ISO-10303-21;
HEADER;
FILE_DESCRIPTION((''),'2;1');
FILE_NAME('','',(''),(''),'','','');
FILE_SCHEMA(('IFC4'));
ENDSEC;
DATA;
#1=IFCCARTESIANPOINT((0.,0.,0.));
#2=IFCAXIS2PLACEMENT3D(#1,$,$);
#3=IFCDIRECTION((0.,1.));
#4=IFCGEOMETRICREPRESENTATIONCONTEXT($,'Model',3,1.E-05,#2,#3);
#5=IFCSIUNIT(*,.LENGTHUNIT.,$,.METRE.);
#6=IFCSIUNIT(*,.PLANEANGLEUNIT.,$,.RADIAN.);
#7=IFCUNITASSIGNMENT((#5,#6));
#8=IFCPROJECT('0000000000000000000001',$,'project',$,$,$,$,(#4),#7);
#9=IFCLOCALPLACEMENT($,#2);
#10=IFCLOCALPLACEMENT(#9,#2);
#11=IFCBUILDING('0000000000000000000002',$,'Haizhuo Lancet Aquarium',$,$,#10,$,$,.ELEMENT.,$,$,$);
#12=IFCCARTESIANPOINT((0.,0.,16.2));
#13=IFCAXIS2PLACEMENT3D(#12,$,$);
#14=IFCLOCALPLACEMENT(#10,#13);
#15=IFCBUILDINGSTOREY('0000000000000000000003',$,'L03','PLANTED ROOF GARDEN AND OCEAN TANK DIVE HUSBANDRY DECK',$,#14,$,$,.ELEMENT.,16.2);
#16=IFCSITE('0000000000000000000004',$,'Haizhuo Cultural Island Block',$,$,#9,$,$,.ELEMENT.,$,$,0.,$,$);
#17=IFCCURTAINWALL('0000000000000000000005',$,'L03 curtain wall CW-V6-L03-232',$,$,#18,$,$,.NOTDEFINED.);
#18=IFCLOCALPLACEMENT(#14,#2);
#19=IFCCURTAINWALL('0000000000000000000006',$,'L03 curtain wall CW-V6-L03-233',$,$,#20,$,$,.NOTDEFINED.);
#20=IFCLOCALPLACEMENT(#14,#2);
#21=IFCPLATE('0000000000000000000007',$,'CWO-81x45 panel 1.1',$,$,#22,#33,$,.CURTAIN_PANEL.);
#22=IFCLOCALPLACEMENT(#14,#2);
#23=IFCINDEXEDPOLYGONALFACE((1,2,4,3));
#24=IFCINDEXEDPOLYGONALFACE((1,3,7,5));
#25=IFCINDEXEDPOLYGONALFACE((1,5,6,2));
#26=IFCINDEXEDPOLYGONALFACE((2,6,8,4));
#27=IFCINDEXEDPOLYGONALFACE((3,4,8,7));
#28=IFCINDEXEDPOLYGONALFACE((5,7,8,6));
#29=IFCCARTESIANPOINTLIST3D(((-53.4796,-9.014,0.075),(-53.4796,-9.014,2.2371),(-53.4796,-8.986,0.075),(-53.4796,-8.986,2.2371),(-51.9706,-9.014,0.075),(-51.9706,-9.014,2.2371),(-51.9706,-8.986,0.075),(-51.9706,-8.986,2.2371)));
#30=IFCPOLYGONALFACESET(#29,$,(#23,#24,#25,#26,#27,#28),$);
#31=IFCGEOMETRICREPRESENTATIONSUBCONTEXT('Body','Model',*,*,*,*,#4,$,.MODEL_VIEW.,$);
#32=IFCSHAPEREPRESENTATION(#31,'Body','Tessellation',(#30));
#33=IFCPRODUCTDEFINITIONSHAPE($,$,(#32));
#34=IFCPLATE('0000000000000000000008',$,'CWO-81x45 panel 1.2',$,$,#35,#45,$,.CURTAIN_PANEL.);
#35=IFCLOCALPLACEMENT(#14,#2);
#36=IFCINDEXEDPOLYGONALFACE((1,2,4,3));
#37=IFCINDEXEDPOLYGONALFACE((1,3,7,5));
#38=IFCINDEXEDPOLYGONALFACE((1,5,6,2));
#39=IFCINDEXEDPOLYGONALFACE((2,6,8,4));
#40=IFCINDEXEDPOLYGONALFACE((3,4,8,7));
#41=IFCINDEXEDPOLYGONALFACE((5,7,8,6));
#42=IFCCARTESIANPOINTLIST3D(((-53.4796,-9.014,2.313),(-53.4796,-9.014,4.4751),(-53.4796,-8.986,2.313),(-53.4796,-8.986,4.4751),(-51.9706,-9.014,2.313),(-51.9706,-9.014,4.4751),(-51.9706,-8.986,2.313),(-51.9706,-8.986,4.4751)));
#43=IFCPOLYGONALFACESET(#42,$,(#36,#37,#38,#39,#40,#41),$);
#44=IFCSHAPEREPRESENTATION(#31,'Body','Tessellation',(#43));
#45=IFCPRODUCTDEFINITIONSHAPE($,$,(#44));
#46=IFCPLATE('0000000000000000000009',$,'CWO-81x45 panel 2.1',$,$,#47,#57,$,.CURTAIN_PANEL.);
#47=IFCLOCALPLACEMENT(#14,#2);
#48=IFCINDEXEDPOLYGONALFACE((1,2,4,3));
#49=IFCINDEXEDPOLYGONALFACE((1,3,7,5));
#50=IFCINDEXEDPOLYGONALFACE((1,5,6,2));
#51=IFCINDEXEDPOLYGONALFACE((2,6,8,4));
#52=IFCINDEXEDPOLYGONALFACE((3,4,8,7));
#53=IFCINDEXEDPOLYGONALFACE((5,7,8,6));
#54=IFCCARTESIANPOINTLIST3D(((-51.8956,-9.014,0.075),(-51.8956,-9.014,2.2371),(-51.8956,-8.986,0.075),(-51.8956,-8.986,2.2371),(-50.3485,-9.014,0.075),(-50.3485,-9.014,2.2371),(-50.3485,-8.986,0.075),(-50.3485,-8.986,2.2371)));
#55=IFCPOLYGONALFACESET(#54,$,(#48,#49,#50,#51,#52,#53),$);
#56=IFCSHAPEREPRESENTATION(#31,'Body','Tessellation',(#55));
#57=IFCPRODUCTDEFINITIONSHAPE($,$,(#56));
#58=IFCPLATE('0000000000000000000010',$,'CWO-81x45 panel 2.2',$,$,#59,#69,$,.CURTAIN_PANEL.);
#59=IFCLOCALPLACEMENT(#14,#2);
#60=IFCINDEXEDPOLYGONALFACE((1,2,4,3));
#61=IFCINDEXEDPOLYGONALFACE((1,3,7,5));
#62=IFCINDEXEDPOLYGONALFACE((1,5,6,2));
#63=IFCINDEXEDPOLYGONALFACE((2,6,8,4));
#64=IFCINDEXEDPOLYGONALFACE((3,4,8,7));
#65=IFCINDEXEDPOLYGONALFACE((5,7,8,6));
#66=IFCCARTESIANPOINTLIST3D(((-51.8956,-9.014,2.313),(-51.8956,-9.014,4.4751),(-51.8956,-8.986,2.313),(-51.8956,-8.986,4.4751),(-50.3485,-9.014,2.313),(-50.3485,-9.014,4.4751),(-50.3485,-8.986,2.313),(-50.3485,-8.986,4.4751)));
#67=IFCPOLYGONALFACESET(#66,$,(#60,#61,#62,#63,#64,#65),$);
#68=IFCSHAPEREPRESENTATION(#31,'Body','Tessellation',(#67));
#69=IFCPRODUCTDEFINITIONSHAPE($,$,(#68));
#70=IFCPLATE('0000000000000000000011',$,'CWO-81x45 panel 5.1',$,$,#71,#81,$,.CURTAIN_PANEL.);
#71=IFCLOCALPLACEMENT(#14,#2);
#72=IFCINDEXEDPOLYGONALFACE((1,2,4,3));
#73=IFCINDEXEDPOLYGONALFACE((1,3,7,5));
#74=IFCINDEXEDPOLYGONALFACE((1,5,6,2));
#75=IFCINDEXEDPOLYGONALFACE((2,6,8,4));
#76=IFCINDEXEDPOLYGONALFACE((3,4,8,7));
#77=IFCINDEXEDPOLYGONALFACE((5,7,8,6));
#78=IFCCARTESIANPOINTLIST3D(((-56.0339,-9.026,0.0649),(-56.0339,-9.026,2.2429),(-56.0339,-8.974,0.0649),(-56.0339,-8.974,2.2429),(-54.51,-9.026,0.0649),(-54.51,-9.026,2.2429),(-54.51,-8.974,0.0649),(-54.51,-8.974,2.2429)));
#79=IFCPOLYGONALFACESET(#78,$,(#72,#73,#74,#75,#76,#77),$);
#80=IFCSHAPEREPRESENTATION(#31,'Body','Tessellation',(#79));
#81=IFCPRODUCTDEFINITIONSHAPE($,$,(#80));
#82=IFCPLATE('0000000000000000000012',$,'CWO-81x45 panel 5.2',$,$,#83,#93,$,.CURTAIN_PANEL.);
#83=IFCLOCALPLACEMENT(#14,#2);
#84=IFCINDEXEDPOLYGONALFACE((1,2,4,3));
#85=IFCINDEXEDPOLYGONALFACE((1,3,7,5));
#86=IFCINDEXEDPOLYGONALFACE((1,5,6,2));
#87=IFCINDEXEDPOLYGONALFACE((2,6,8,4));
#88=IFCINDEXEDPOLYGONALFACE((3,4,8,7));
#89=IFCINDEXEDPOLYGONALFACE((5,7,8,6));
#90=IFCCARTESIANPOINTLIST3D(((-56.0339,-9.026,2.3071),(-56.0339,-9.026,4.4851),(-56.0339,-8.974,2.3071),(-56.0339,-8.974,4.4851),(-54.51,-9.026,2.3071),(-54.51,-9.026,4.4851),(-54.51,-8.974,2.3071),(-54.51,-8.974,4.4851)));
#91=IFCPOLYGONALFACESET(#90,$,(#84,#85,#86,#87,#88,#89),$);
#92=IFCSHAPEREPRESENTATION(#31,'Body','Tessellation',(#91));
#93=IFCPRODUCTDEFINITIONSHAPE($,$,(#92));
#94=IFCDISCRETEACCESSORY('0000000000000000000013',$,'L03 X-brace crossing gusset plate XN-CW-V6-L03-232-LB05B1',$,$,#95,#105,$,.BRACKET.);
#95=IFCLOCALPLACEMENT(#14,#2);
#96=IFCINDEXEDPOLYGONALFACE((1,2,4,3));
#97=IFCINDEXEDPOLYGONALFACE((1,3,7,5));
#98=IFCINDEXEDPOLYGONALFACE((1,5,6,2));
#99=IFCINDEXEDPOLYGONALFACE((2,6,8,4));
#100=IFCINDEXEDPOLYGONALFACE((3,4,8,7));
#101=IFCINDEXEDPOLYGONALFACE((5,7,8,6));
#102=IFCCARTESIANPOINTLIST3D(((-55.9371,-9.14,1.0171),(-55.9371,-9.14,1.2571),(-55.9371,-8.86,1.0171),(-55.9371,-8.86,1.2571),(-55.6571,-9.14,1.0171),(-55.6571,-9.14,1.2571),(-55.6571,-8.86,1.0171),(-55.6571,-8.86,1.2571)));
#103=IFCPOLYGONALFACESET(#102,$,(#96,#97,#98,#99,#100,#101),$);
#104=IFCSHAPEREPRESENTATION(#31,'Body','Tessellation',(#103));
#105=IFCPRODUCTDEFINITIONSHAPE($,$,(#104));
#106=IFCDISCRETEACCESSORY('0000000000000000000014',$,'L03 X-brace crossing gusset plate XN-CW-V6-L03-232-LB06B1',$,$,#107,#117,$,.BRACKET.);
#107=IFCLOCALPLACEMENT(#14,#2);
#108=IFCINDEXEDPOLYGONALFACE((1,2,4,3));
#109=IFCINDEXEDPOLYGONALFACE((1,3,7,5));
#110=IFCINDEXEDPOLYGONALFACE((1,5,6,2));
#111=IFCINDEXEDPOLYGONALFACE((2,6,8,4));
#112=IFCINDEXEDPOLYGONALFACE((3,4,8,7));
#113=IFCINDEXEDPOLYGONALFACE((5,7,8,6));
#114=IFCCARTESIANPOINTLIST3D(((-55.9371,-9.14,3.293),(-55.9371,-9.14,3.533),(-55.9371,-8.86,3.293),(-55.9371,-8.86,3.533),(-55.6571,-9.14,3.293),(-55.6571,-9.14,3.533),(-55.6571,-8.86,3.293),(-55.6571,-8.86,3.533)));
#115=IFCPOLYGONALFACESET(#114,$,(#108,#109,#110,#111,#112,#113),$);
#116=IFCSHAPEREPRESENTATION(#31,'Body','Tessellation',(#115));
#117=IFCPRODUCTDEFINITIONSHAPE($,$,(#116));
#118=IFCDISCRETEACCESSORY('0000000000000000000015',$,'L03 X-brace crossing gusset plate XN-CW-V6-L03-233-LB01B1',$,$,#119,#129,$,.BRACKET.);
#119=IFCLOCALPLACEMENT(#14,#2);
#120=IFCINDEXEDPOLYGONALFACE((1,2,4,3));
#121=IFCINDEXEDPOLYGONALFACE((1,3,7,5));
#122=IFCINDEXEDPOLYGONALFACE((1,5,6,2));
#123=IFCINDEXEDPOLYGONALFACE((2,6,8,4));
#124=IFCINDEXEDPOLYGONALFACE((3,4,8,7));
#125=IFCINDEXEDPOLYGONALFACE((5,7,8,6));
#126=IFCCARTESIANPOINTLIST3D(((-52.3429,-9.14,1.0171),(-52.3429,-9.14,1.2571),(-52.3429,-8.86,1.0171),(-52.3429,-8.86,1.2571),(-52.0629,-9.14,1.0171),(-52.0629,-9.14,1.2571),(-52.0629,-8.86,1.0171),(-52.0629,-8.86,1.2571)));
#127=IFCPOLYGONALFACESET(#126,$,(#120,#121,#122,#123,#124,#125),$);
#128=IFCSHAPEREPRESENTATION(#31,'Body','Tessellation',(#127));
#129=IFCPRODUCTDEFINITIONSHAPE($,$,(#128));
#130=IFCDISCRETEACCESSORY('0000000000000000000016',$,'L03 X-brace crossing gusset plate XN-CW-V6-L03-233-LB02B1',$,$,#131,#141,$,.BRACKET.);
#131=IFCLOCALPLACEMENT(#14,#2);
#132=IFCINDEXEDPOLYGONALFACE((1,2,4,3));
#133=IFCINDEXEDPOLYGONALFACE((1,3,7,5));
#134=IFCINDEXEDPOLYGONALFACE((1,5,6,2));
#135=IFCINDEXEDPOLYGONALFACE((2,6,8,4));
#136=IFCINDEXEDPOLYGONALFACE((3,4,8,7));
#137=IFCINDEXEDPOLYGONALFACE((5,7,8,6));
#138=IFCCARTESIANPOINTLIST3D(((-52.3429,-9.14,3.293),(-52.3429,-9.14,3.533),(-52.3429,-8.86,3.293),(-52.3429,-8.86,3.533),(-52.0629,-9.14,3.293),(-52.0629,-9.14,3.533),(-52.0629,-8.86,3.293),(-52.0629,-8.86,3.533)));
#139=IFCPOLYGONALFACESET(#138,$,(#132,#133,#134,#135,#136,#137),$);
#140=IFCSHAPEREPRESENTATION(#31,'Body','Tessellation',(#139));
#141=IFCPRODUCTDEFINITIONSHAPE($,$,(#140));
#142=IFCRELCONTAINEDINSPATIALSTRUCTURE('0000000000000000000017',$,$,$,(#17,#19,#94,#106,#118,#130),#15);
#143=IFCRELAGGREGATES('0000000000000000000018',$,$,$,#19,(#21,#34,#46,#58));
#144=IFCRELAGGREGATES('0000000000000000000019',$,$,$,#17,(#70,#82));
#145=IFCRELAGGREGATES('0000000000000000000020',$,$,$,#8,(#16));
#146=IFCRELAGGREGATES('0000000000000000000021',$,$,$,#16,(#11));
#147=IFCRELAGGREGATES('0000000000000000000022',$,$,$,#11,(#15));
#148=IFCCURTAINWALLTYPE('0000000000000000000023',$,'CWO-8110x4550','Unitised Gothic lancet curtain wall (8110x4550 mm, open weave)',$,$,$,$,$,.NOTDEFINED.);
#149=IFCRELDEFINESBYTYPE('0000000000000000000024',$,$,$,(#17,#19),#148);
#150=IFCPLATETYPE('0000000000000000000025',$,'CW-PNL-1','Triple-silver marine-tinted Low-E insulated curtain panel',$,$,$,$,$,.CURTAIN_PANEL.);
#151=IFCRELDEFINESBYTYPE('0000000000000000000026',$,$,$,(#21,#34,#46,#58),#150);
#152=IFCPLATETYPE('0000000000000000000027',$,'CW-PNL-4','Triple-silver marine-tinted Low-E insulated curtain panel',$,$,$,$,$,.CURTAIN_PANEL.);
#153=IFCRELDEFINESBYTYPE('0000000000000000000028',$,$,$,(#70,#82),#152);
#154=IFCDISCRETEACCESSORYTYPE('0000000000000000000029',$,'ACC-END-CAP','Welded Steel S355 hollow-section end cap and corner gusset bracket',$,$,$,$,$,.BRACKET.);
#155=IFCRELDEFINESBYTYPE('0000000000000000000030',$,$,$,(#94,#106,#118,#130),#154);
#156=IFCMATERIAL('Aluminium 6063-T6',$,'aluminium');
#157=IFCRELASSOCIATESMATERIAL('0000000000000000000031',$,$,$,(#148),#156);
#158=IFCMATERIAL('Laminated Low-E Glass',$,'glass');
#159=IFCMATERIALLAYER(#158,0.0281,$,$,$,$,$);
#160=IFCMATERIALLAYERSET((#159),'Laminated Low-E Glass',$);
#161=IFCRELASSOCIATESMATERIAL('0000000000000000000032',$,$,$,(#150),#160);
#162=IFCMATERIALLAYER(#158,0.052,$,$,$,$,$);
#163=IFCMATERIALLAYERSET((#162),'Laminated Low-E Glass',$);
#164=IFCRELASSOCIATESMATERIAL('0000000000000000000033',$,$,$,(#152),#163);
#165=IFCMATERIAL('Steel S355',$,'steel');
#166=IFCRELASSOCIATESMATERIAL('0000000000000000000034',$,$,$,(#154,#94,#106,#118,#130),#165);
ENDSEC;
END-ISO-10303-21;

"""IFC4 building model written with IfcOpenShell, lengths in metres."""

from ifc_helpers import new_model, si_unit, direction, frame, origin, origin_2d, place, context, subcontext, project, spatial, rectangle, extrude, material, layer, layer_set, type_object, element, aggregate, save


model = new_model("IFC4")

# Units and contexts
model_context = context("Model", 3, precision=1e-05, world=origin(), true_north=direction((0.0, 1.0)))
body_context = subcontext(model_context, "Body", "Model", "MODEL_VIEW")
ifc_project = project(units=[si_unit("LENGTHUNIT", "METRE"), si_unit("PLANEANGLEUNIT", "RADIAN")], contexts=[model_context])

# Site, building, storey
site_placement = place(None, origin())
site = spatial("IfcSite", under=ifc_project, at=site_placement, Name="Haizhuo Cultural Island Block", CompositionType="ELEMENT", RefElevation=0.0)
building_placement = place(site_placement, origin())
building = spatial("IfcBuilding", under=site, at=building_placement, Name="Haizhuo Lancet Aquarium", CompositionType="ELEMENT")
storey_placement = place(building_placement, frame((0.0, 0.0, 16.2)))
storey = spatial("IfcBuildingStorey", under=building, at=storey_placement, Name="L03", Description="PLANTED ROOF GARDEN AND OCEAN TANK DIVE HUSBANDRY DECK", CompositionType="ELEMENT", Elevation=16.2)

# Shared definitions
ifc_material_1 = material(Name="Steel S355", Category="steel")

# Curtain wall
ifc_material_2 = material(Name="Aluminium 6063-T6", Category="aluminium")
curtain_wall_type = type_object("IfcCurtainWallType", Name="CWO-8110x4550", Description="Unitised Gothic lancet curtain wall (8110x4550 mm, open weave)", PredefinedType="NOTDEFINED", material=ifc_material_2)
curtain_wall_1_placement = place(storey_placement, origin())
curtain_wall_1 = element("IfcCurtainWall", 1, at=curtain_wall_1_placement, inside=storey, type_object=curtain_wall_type, Name="L03 curtain wall CW-V6-L03-232", PredefinedType="NOTDEFINED")

# Curtain wall
curtain_wall_2_placement = place(storey_placement, origin())
curtain_wall_2 = element("IfcCurtainWall", 2, at=curtain_wall_2_placement, inside=storey, type_object=curtain_wall_type, Name="L03 curtain wall CW-V6-L03-233", PredefinedType="NOTDEFINED")

# Plates
ifc_material_3 = material(Name="Laminated Low-E Glass", Category="glass")
ifc_layer_1 = layer(ifc_material_3, 0.0281)
ifc_layer_set_1 = layer_set([ifc_layer_1], Name="Laminated Low-E Glass")
plate_type_1 = type_object("IfcPlateType", Name="CW-PNL-1", Description="Triple-silver marine-tinted Low-E insulated curtain panel", PredefinedType="CURTAIN_PANEL", material=ifc_layer_set_1)
plate_1_placement = place(storey_placement, frame((-52.7251, -9.0, 0.075), z_axis=(0.0, 0.0, 1.0), x_axis=(1.0, 0.0, 0.0)))
plate_1 = element("IfcPlate", 3, at=plate_1_placement, type_object=plate_type_1, Name="CWO-81x45 panel 1.1", PredefinedType="CURTAIN_PANEL", context=body_context, shape_type="SweptSolid", body=[
    extrude(rectangle(XDim=1.509, YDim=0.0281, at=origin_2d()), origin(), (0.0, 0.0, 1.0), 2.1621),
])
plate_2_placement = place(storey_placement, frame((-52.7251, -9.0, 2.313), z_axis=(0.0, 0.0, 1.0), x_axis=(1.0, 0.0, 0.0)))
plate_2 = element("IfcPlate", 4, at=plate_2_placement, type_object=plate_type_1, Name="CWO-81x45 panel 1.2", PredefinedType="CURTAIN_PANEL", context=body_context, shape_type="SweptSolid", body=[
    extrude(rectangle(XDim=1.509, YDim=0.0281, at=origin_2d()), origin(), (0.0, 0.0, 1.0), 2.1621),
])
plate_3_placement = place(storey_placement, frame((-51.1221, -9.0, 0.075), z_axis=(0.0, 0.0, 1.0), x_axis=(1.0, 0.0, 0.0)))
plate_3 = element("IfcPlate", 5, at=plate_3_placement, type_object=plate_type_1, Name="CWO-81x45 panel 2.1", PredefinedType="CURTAIN_PANEL", context=body_context, shape_type="SweptSolid", body=[
    extrude(rectangle(XDim=1.5471, YDim=0.0281, at=origin_2d()), origin(), (0.0, 0.0, 1.0), 2.1621),
])
plate_4_placement = place(storey_placement, frame((-51.1221, -9.0, 2.313), z_axis=(0.0, 0.0, 1.0), x_axis=(1.0, 0.0, 0.0)))
plate_4 = element("IfcPlate", 6, at=plate_4_placement, type_object=plate_type_1, Name="CWO-81x45 panel 2.2", PredefinedType="CURTAIN_PANEL", context=body_context, shape_type="SweptSolid", body=[
    extrude(rectangle(XDim=1.5471, YDim=0.0281, at=origin_2d()), origin(), (0.0, 0.0, 1.0), 2.1621),
])
aggregate(curtain_wall_2, [plate_1, plate_2, plate_3, plate_4])
ifc_layer_2 = layer(ifc_material_3, 0.052)
ifc_layer_set_2 = layer_set([ifc_layer_2], Name="Laminated Low-E Glass")
plate_type_2 = type_object("IfcPlateType", Name="CW-PNL-4", Description="Triple-silver marine-tinted Low-E insulated curtain panel", PredefinedType="CURTAIN_PANEL", material=ifc_layer_set_2)
plate_5_placement = place(storey_placement, frame((-55.272, -9.0, 0.0649), z_axis=(0.0, 0.0, 1.0), x_axis=(1.0, 0.0, 0.0)))
plate_5 = element("IfcPlate", 7, at=plate_5_placement, type_object=plate_type_2, Name="CWO-81x45 panel 5.1", PredefinedType="CURTAIN_PANEL", context=body_context, shape_type="SweptSolid", body=[
    extrude(rectangle(XDim=1.5239, YDim=0.052, at=origin_2d()), origin(), (0.0, 0.0, 1.0), 2.178),
])
plate_6_placement = place(storey_placement, frame((-55.272, -9.0, 2.3071), z_axis=(0.0, 0.0, 1.0), x_axis=(1.0, 0.0, 0.0)))
plate_6 = element("IfcPlate", 8, at=plate_6_placement, type_object=plate_type_2, Name="CWO-81x45 panel 5.2", PredefinedType="CURTAIN_PANEL", context=body_context, shape_type="SweptSolid", body=[
    extrude(rectangle(XDim=1.5239, YDim=0.052, at=origin_2d()), origin(), (0.0, 0.0, 1.0), 2.178),
])
aggregate(curtain_wall_1, [plate_5, plate_6])

# Discrete accessories
discrete_accessory_type = type_object("IfcDiscreteAccessoryType", Name="ACC-END-CAP", Description="Welded Steel S355 hollow-section end cap and corner gusset bracket", PredefinedType="BRACKET", material=ifc_material_1)
for number, where, z_axis, x_axis, name in (
    (9, (-55.7971, -9.0, 1.0171), (0.0, 0.0, 1.0), (1.0, 0.0, 0.0), "L03 X-brace crossing gusset plate XN-CW-V6-L03-232-LB05B1"),
    (10, (-55.7971, -9.0, 3.293), (0.0, 0.0, 1.0), (1.0, 0.0, 0.0), "L03 X-brace crossing gusset plate XN-CW-V6-L03-232-LB06B1"),
    (11, (-52.2029, -9.0, 1.0171), (0.0, 0.0, 1.0), (1.0, 0.0, 0.0), "L03 X-brace crossing gusset plate XN-CW-V6-L03-233-LB01B1"),
    (12, (-52.2029, -9.0, 3.293), (0.0, 0.0, 1.0), (1.0, 0.0, 0.0), "L03 X-brace crossing gusset plate XN-CW-V6-L03-233-LB02B1"),
):
    element("IfcDiscreteAccessory", number, at=place(storey_placement, frame(where, z_axis=z_axis, x_axis=x_axis)), inside=storey, type_object=discrete_accessory_type, material=ifc_material_1, Name=name, PredefinedType="BRACKET", context=body_context, shape_type="SweptSolid", body=[
        extrude(rectangle(XDim=0.28, YDim=0.28, at=origin_2d()), origin(), (0.0, 0.0, 1.0), 0.24),
    ])

save(model, "model.ifc")
